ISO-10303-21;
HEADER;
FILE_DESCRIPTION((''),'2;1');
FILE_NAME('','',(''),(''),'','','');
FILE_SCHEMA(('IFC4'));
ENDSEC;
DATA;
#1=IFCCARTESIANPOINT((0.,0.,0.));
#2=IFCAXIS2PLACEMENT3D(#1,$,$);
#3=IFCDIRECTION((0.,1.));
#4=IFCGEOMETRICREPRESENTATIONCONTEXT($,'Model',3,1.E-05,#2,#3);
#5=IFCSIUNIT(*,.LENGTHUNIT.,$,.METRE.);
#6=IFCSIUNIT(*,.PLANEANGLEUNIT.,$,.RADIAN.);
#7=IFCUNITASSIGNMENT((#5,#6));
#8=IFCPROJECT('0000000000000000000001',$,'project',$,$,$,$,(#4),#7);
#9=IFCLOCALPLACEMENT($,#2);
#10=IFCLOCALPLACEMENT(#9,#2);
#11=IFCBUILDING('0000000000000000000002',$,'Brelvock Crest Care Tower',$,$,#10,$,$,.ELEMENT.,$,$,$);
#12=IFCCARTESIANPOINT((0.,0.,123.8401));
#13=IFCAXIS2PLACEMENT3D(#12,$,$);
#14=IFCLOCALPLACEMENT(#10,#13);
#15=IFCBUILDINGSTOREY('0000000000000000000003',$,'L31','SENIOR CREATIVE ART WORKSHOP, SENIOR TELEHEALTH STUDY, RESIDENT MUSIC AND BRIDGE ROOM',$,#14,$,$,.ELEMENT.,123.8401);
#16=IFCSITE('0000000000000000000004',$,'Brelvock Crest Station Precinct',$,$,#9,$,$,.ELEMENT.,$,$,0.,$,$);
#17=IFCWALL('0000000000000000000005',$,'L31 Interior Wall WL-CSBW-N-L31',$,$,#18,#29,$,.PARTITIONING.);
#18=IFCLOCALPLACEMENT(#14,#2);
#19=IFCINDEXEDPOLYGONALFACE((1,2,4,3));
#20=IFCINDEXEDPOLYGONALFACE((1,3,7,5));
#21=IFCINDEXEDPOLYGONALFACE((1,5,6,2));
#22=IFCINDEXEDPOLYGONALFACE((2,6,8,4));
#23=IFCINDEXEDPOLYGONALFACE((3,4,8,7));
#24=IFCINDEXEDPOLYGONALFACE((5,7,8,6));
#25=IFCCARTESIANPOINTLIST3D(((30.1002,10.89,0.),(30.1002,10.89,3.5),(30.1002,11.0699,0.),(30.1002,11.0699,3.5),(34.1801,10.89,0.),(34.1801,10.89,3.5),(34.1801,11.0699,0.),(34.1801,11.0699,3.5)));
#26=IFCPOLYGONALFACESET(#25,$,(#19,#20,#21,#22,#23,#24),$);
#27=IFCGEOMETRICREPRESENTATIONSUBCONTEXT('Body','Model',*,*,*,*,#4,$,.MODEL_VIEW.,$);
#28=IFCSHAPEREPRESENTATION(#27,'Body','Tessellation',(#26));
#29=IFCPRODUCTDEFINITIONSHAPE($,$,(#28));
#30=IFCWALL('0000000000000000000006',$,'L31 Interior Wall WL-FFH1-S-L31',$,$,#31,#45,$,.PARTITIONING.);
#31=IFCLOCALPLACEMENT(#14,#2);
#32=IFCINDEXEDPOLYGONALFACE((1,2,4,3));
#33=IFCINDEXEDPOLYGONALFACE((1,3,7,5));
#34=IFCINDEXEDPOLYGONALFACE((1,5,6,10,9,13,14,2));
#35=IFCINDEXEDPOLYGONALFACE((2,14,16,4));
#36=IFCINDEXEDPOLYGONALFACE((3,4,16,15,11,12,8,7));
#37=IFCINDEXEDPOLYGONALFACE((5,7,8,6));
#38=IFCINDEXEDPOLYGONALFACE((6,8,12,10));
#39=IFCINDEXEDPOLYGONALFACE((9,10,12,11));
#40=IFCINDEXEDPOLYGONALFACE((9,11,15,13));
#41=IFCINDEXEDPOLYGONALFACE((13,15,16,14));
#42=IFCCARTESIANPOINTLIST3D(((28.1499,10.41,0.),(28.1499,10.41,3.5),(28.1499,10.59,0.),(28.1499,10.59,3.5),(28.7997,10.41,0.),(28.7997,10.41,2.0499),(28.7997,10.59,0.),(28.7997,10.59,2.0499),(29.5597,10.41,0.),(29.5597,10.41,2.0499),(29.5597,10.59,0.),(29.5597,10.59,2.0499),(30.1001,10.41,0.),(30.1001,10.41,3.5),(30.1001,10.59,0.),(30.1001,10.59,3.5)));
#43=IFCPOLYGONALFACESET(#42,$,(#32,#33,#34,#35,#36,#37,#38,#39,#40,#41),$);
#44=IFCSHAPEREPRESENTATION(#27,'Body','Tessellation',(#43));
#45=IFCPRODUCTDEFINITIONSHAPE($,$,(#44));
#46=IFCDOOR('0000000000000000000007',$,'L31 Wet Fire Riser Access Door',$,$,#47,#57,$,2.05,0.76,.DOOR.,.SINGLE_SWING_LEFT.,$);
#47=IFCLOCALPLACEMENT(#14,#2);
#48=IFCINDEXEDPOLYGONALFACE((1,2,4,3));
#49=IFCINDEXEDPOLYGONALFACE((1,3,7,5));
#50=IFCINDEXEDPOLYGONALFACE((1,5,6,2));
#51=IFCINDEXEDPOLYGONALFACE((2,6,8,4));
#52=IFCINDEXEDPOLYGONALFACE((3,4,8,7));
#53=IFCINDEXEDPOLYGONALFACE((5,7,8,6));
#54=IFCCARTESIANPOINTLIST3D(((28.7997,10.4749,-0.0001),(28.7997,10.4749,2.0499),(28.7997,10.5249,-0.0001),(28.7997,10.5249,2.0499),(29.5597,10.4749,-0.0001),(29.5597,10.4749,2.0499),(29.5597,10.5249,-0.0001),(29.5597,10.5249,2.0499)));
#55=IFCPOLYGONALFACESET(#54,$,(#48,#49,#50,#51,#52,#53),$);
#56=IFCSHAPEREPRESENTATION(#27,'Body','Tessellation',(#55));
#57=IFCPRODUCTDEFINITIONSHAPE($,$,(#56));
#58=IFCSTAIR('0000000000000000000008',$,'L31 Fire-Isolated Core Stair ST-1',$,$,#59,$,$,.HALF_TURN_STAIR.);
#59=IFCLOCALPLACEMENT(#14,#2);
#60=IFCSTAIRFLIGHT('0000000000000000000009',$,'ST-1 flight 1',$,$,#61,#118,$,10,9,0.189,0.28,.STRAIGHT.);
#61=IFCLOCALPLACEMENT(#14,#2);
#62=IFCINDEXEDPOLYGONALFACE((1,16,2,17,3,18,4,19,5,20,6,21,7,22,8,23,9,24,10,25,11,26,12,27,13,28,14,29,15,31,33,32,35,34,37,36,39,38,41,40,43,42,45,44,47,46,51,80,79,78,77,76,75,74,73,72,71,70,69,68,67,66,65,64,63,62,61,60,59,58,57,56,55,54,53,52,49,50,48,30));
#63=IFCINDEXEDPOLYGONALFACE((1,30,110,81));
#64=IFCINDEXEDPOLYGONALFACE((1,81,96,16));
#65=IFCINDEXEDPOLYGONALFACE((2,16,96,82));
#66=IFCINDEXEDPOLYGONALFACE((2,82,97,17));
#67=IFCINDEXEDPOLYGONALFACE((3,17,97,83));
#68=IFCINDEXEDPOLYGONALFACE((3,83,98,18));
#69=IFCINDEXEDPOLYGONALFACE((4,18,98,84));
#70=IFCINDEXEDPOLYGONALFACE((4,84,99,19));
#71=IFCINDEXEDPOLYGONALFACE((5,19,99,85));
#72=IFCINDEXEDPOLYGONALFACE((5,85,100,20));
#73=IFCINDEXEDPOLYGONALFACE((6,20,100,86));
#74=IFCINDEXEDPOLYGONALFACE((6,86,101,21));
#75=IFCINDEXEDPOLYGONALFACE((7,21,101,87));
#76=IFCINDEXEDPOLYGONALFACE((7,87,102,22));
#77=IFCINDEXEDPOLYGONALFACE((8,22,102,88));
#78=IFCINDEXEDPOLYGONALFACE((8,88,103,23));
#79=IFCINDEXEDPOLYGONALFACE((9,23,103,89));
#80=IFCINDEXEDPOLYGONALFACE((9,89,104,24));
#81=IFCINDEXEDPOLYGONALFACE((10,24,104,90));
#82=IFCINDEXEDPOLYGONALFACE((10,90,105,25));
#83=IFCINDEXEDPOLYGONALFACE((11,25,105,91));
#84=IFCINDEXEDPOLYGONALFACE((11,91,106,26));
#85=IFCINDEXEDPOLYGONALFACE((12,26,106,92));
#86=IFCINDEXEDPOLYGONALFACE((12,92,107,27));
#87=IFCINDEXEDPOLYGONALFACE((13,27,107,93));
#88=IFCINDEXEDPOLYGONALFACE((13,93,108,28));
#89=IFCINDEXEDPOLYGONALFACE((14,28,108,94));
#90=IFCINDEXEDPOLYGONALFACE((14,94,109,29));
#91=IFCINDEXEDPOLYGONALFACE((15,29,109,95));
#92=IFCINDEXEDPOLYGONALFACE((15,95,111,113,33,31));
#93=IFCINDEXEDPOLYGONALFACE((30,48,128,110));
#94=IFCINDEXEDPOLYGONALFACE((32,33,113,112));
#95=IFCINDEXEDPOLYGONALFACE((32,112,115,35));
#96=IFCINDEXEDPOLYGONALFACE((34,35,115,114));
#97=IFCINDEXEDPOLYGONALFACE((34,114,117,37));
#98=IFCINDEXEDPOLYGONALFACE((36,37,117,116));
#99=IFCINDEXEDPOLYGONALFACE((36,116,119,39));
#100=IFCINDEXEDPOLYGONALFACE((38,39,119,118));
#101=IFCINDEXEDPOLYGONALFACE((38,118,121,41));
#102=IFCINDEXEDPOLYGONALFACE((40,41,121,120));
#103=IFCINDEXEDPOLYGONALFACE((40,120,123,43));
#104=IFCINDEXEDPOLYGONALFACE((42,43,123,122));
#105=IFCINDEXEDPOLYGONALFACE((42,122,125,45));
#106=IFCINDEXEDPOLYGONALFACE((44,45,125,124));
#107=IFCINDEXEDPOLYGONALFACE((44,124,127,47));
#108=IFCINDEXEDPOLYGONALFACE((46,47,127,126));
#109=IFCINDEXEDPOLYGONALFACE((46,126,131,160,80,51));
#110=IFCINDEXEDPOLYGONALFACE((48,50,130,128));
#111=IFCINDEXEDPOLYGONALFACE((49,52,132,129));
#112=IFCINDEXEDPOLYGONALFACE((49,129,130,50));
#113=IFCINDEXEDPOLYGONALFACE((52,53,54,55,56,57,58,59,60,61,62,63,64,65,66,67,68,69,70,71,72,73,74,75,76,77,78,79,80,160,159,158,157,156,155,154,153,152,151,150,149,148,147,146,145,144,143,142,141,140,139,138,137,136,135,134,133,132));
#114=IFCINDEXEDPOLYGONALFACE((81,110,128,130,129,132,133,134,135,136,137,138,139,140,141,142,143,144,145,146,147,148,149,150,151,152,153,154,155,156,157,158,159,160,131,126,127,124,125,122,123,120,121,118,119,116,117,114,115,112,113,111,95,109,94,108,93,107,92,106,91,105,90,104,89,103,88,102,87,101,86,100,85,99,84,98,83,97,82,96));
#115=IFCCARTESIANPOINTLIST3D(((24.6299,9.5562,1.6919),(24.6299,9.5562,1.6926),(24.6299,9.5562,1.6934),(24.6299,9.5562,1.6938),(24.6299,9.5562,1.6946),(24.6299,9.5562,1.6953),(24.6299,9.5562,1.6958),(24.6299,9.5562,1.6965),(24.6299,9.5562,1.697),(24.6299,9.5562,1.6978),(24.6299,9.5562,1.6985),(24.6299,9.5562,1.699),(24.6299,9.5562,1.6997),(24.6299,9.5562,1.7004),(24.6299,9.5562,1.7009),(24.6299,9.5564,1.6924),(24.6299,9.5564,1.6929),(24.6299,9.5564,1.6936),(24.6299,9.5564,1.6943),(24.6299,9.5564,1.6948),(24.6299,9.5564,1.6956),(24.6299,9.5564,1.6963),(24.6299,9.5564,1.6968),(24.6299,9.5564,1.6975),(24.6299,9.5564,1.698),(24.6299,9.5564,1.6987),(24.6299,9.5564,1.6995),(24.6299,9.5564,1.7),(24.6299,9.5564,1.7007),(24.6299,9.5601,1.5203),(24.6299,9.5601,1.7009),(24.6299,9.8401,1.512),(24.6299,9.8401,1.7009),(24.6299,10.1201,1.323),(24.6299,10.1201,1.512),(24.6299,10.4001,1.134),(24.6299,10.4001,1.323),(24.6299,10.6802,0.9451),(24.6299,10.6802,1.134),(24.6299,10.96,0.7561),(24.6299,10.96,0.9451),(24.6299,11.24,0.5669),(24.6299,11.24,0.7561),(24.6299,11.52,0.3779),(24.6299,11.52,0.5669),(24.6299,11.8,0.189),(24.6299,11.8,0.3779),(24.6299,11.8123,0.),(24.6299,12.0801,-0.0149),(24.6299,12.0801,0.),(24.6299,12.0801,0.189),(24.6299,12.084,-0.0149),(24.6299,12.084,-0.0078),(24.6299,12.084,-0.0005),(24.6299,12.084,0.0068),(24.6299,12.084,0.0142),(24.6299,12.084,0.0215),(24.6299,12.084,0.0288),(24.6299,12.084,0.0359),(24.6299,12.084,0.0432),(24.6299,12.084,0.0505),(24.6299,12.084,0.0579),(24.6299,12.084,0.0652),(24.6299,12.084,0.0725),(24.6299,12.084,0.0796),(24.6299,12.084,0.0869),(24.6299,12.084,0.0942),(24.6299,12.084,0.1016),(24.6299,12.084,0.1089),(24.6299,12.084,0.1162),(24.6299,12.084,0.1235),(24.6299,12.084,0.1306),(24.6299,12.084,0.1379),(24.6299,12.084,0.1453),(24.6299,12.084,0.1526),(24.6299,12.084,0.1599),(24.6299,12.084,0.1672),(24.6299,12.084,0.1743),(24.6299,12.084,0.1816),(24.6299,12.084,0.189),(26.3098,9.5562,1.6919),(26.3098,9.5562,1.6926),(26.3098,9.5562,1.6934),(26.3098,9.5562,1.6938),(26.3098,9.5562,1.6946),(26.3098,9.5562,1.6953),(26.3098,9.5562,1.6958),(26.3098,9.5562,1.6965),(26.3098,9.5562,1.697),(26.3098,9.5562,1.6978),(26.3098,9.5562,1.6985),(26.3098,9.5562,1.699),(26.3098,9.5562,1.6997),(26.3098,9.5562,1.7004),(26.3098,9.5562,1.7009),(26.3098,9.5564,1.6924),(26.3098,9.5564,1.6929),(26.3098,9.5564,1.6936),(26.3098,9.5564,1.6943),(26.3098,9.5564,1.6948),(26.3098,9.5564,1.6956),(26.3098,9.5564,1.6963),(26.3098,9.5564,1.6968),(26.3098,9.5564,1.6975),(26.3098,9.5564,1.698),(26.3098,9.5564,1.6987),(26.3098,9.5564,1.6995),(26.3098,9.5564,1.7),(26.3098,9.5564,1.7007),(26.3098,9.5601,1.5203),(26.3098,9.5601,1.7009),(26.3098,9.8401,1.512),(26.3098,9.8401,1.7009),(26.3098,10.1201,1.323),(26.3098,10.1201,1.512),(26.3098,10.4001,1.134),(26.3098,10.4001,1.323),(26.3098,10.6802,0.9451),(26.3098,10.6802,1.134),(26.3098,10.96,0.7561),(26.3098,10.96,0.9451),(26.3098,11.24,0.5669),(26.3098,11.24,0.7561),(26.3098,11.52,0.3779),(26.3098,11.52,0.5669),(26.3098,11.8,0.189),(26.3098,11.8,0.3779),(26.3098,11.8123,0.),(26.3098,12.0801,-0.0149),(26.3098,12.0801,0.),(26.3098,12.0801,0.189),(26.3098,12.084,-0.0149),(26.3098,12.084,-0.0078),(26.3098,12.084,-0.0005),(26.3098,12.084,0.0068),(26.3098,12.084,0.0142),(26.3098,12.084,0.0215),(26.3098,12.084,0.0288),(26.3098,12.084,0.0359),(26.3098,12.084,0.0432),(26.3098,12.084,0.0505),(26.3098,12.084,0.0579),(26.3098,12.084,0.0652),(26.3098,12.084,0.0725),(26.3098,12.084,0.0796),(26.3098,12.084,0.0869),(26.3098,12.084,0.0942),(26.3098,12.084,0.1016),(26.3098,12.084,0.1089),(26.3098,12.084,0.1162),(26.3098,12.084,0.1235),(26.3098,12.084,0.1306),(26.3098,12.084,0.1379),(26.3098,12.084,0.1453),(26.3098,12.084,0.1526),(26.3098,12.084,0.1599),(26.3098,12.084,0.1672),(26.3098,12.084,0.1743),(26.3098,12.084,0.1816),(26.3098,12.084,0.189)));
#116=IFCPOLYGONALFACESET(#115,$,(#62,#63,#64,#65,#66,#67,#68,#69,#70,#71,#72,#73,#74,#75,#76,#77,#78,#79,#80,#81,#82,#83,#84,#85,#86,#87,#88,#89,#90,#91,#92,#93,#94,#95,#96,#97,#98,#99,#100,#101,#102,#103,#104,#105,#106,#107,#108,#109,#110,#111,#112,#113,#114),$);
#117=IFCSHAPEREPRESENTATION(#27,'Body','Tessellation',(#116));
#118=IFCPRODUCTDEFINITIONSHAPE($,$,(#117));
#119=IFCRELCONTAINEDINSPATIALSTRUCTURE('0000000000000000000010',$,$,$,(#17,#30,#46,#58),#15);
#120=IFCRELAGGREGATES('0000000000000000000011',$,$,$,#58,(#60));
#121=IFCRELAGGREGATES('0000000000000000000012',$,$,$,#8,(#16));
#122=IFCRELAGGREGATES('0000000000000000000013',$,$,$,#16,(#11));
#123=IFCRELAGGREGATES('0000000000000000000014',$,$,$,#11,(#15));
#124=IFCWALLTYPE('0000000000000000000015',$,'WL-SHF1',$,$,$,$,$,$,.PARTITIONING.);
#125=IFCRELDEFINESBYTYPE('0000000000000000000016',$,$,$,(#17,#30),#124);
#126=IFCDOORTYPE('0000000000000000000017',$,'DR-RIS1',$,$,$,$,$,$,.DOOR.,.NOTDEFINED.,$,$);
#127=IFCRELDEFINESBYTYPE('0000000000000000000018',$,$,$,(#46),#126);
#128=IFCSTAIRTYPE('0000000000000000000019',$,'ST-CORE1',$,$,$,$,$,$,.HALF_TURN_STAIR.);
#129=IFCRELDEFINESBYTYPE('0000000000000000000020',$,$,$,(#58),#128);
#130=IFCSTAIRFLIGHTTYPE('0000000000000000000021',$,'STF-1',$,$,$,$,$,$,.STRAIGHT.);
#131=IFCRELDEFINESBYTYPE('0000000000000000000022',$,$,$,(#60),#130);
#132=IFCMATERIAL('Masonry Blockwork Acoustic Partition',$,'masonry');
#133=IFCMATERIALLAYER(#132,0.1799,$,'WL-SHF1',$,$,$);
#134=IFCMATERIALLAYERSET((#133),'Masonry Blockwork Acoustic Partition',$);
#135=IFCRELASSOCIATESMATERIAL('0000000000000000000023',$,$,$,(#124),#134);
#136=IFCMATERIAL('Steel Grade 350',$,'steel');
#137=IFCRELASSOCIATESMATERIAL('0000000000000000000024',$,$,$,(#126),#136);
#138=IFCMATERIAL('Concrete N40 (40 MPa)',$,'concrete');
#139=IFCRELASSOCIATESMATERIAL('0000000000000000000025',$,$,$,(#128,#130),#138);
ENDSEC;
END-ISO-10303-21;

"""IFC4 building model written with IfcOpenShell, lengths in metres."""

from ifc_helpers import new_model, si_unit, direction, frame, frame_2d, origin, origin_2d, place, context, subcontext, project, spatial, polyline, rectangle, outline, extrude, source, transform, mapped, material, layer, layer_set, type_object, element, fill, aggregate, save


model = new_model("IFC4")

# Units and contexts
model_context = context("Model", 3, precision=1e-05, world=origin(), true_north=direction((0.0, 1.0)))
body_context = subcontext(model_context, "Body", "Model", "MODEL_VIEW")
ifc_project = project(units=[si_unit("LENGTHUNIT", "METRE"), si_unit("PLANEANGLEUNIT", "RADIAN")], contexts=[model_context])

# Site, building, storey
site_placement = place(None, origin())
site = spatial("IfcSite", under=ifc_project, at=site_placement, Name="Brelvock Crest Station Precinct", CompositionType="ELEMENT", RefElevation=0.0)
building_placement = place(site_placement, origin())
building = spatial("IfcBuilding", under=site, at=building_placement, Name="Brelvock Crest Care Tower", CompositionType="ELEMENT")
storey_placement = place(building_placement, frame((0.0, 0.0, 123.8401)))
storey = spatial("IfcBuildingStorey", under=building, at=storey_placement, Name="L31", Description="SENIOR CREATIVE ART WORKSHOP, SENIOR TELEHEALTH STUDY, RESIDENT MUSIC AND BRIDGE ROOM", CompositionType="ELEMENT", Elevation=123.8401)

# Shared definitions
ifc_material_1 = material(Name="Steel Grade 350", Category="steel")

# Wall
ifc_material_2 = material(Name="Masonry Blockwork Acoustic Partition", Category="masonry")
ifc_layer_1 = layer(ifc_material_2, 0.1799, Name="WL-SHF1")
ifc_layer_set_1 = layer_set([ifc_layer_1], Name="Masonry Blockwork Acoustic Partition")
wall_type_1 = type_object("IfcWallType", Name="WL-SHF1", PredefinedType="PARTITIONING", material=ifc_layer_set_1)
wall_1_placement = place(storey_placement, frame((30.1001, 10.98, 0.0), z_axis=(0.0, 0.0, 1.0), x_axis=(1.0, 0.0, 0.0)))
element("IfcWall", 1, at=wall_1_placement, inside=storey, type_object=wall_type_1, Name="L31 Interior Wall WL-CSBW-N-L31", PredefinedType="PARTITIONING", context=body_context, shape_type="SweptSolid", body=[
    extrude(rectangle(XDim=4.0798, YDim=0.1799, at=frame_2d((2.04, 0.0))), origin(), (0.0, 0.0, 1.0), 3.5),
])

# Wall, opening, door
wall_2_placement = place(storey_placement, frame((28.1499, 10.5, 0.0), z_axis=(0.0, 0.0, 1.0), x_axis=(1.0, 0.0, 0.0)))
wall_2 = element("IfcWall", 2, at=wall_2_placement, inside=storey, type_object=wall_type_1, Name="L31 Interior Wall WL-FFH1-S-L31", PredefinedType="PARTITIONING", context=body_context, shape_type="SweptSolid", body=[
    extrude(rectangle(XDim=1.9502, YDim=0.1799, at=frame_2d((0.9751, 0.0))), origin(), (0.0, 0.0, 1.0), 3.5),
])
opening_placement = place(wall_2_placement, frame((0.6499, 0.0, 0.0)))
opening = element("IfcOpeningElement", 3, at=opening_placement, cuts=wall_2, PredefinedType="OPENING", context=body_context, shape_type="SweptSolid", body=[
    extrude(rectangle(XDim=0.76, YDim=2.05, at=origin_2d()), frame((0.3799, 0.1001, 1.0249), z_axis=(0.0, -1.0, 0.0), x_axis=(1.0, 0.0, 0.0)), (0.0, 0.0, 1.0), 0.2),
])
door_type = type_object("IfcDoorType", Name="DR-RIS1", OperationType="NOTDEFINED", PredefinedType="DOOR", material=ifc_material_1)
shared_shape_1 = source(origin(), body_context, "Body", "SweptSolid", [
    extrude(rectangle(XDim=0.76, YDim=2.05, at=origin_2d()), frame((0.3799, 0.0249, 1.0249), z_axis=(0.0, -1.0, 0.0), x_axis=(1.0, 0.0, 0.0)), (0.0, 0.0, 1.0), 0.05),
])
door_placement = place(opening_placement, origin())
door = element("IfcDoor", 4, at=door_placement, inside=storey, type_object=door_type, Name="L31 Wet Fire Riser Access Door", OperationType="SINGLE_SWING_LEFT", OverallHeight=2.05, OverallWidth=0.76, PredefinedType="DOOR", context=body_context, shape_type="MappedRepresentation", body=[
    mapped(shared_shape_1, transform((0.0, 0.0, 0.0), x_axis=(1.0, 0.0, 0.0), y_axis=(0.0, 1.0, 0.0), z_axis=(0.0, 0.0, 1.0), scale=1.0)),
])
fill(opening, door)

# Stair, stair flight
ifc_material_3 = material(Name="Concrete N40 (40 MPa)", Category="concrete")
stair_type = type_object("IfcStairType", Name="ST-CORE1", PredefinedType="HALF_TURN_STAIR", material=ifc_material_3)
stair_placement = place(storey_placement, origin())
stair = element("IfcStair", 5, at=stair_placement, inside=storey, type_object=stair_type, Name="L31 Fire-Isolated Core Stair ST-1", PredefinedType="HALF_TURN_STAIR")
stair_flight_type = type_object("IfcStairFlightType", Name="STF-1", PredefinedType="STRAIGHT", material=ifc_material_3)
stair_flight_1_placement = place(storey_placement, frame((25.47, 12.0801, 0.0), z_axis=(0.0, 0.0, 1.0), x_axis=(0.0, -1.0, 0.0)))
stair_flight_1 = element("IfcStairFlight", 6, at=stair_flight_1_placement, type_object=stair_flight_type, Name="ST-1 flight 1", NumberOfRisers=10, NumberOfTreads=9, PredefinedType="STRAIGHT", RiserHeight=0.189, TreadLength=0.28, context=body_context, shape_type="SweptSolid", body=[
    extrude(outline(polyline([(-0.0039, -0.0149), (-0.0039, -0.0078), (-0.0039, -0.0005), (-0.0039, 0.0068), (-0.0039, 0.0142), (-0.0039, 0.0215), (-0.0039, 0.0288), (-0.0039, 0.0359), (-0.0039, 0.0432), (-0.0039, 0.0505), (-0.0039, 0.0579), (-0.0039, 0.0652), (-0.0039, 0.0725), (-0.0039, 0.0796), (-0.0039, 0.0869), (-0.0039, 0.0942), (-0.0039, 0.1016), (-0.0039, 0.1089), (-0.0039, 0.1162), (-0.0039, 0.1235), (-0.0039, 0.1306), (-0.0039, 0.1379), (-0.0039, 0.1453), (-0.0039, 0.1526), (-0.0039, 0.1599), (-0.0039, 0.1672), (-0.0039, 0.1743), (-0.0039, 0.1816), (-0.0039, 0.189), (0.0, 0.189), (0.28, 0.189), (0.28, 0.3779), (0.5601, 0.3779), (0.5601, 0.5669), (0.8401, 0.5669), (0.8401, 0.7561), (1.1201, 0.7561), (1.1201, 0.9451), (1.3999, 0.9451), (1.3999, 1.134), (1.6799, 1.134), (1.6799, 1.323), (1.96, 1.323), (1.96, 1.512), (2.24, 1.512), (2.24, 1.7009), (2.52, 1.7009), (2.5239, 1.7009), (2.5237, 1.7007), (2.5239, 1.7004), (2.5237, 1.7), (2.5239, 1.6997), (2.5237, 1.6995), (2.5239, 1.699), (2.5237, 1.6987), (2.5239, 1.6985), (2.5237, 1.698), (2.5239, 1.6978), (2.5237, 1.6975), (2.5239, 1.697), (2.5237, 1.6968), (2.5239, 1.6965), (2.5237, 1.6963), (2.5239, 1.6958), (2.5237, 1.6956), (2.5239, 1.6953), (2.5237, 1.6948), (2.5239, 1.6946), (2.5237, 1.6943), (2.5239, 1.6938), (2.5237, 1.6936), (2.5239, 1.6934), (2.5237, 1.6929), (2.5239, 1.6926), (2.5237, 1.6924), (2.5239, 1.6919), (2.52, 1.5203), (0.2678, 0.0), (0.0, 0.0), (0.0, -0.0149), (-0.0039, -0.0149)])), frame((0.0, 0.8398, 0.0), z_axis=(0.0, -1.0, 0.0), x_axis=(1.0, 0.0, 0.0)), (0.0, 0.0, 1.0), 1.6799),
])
aggregate(stair, [stair_flight_1])

save(model, "model.ifc")
